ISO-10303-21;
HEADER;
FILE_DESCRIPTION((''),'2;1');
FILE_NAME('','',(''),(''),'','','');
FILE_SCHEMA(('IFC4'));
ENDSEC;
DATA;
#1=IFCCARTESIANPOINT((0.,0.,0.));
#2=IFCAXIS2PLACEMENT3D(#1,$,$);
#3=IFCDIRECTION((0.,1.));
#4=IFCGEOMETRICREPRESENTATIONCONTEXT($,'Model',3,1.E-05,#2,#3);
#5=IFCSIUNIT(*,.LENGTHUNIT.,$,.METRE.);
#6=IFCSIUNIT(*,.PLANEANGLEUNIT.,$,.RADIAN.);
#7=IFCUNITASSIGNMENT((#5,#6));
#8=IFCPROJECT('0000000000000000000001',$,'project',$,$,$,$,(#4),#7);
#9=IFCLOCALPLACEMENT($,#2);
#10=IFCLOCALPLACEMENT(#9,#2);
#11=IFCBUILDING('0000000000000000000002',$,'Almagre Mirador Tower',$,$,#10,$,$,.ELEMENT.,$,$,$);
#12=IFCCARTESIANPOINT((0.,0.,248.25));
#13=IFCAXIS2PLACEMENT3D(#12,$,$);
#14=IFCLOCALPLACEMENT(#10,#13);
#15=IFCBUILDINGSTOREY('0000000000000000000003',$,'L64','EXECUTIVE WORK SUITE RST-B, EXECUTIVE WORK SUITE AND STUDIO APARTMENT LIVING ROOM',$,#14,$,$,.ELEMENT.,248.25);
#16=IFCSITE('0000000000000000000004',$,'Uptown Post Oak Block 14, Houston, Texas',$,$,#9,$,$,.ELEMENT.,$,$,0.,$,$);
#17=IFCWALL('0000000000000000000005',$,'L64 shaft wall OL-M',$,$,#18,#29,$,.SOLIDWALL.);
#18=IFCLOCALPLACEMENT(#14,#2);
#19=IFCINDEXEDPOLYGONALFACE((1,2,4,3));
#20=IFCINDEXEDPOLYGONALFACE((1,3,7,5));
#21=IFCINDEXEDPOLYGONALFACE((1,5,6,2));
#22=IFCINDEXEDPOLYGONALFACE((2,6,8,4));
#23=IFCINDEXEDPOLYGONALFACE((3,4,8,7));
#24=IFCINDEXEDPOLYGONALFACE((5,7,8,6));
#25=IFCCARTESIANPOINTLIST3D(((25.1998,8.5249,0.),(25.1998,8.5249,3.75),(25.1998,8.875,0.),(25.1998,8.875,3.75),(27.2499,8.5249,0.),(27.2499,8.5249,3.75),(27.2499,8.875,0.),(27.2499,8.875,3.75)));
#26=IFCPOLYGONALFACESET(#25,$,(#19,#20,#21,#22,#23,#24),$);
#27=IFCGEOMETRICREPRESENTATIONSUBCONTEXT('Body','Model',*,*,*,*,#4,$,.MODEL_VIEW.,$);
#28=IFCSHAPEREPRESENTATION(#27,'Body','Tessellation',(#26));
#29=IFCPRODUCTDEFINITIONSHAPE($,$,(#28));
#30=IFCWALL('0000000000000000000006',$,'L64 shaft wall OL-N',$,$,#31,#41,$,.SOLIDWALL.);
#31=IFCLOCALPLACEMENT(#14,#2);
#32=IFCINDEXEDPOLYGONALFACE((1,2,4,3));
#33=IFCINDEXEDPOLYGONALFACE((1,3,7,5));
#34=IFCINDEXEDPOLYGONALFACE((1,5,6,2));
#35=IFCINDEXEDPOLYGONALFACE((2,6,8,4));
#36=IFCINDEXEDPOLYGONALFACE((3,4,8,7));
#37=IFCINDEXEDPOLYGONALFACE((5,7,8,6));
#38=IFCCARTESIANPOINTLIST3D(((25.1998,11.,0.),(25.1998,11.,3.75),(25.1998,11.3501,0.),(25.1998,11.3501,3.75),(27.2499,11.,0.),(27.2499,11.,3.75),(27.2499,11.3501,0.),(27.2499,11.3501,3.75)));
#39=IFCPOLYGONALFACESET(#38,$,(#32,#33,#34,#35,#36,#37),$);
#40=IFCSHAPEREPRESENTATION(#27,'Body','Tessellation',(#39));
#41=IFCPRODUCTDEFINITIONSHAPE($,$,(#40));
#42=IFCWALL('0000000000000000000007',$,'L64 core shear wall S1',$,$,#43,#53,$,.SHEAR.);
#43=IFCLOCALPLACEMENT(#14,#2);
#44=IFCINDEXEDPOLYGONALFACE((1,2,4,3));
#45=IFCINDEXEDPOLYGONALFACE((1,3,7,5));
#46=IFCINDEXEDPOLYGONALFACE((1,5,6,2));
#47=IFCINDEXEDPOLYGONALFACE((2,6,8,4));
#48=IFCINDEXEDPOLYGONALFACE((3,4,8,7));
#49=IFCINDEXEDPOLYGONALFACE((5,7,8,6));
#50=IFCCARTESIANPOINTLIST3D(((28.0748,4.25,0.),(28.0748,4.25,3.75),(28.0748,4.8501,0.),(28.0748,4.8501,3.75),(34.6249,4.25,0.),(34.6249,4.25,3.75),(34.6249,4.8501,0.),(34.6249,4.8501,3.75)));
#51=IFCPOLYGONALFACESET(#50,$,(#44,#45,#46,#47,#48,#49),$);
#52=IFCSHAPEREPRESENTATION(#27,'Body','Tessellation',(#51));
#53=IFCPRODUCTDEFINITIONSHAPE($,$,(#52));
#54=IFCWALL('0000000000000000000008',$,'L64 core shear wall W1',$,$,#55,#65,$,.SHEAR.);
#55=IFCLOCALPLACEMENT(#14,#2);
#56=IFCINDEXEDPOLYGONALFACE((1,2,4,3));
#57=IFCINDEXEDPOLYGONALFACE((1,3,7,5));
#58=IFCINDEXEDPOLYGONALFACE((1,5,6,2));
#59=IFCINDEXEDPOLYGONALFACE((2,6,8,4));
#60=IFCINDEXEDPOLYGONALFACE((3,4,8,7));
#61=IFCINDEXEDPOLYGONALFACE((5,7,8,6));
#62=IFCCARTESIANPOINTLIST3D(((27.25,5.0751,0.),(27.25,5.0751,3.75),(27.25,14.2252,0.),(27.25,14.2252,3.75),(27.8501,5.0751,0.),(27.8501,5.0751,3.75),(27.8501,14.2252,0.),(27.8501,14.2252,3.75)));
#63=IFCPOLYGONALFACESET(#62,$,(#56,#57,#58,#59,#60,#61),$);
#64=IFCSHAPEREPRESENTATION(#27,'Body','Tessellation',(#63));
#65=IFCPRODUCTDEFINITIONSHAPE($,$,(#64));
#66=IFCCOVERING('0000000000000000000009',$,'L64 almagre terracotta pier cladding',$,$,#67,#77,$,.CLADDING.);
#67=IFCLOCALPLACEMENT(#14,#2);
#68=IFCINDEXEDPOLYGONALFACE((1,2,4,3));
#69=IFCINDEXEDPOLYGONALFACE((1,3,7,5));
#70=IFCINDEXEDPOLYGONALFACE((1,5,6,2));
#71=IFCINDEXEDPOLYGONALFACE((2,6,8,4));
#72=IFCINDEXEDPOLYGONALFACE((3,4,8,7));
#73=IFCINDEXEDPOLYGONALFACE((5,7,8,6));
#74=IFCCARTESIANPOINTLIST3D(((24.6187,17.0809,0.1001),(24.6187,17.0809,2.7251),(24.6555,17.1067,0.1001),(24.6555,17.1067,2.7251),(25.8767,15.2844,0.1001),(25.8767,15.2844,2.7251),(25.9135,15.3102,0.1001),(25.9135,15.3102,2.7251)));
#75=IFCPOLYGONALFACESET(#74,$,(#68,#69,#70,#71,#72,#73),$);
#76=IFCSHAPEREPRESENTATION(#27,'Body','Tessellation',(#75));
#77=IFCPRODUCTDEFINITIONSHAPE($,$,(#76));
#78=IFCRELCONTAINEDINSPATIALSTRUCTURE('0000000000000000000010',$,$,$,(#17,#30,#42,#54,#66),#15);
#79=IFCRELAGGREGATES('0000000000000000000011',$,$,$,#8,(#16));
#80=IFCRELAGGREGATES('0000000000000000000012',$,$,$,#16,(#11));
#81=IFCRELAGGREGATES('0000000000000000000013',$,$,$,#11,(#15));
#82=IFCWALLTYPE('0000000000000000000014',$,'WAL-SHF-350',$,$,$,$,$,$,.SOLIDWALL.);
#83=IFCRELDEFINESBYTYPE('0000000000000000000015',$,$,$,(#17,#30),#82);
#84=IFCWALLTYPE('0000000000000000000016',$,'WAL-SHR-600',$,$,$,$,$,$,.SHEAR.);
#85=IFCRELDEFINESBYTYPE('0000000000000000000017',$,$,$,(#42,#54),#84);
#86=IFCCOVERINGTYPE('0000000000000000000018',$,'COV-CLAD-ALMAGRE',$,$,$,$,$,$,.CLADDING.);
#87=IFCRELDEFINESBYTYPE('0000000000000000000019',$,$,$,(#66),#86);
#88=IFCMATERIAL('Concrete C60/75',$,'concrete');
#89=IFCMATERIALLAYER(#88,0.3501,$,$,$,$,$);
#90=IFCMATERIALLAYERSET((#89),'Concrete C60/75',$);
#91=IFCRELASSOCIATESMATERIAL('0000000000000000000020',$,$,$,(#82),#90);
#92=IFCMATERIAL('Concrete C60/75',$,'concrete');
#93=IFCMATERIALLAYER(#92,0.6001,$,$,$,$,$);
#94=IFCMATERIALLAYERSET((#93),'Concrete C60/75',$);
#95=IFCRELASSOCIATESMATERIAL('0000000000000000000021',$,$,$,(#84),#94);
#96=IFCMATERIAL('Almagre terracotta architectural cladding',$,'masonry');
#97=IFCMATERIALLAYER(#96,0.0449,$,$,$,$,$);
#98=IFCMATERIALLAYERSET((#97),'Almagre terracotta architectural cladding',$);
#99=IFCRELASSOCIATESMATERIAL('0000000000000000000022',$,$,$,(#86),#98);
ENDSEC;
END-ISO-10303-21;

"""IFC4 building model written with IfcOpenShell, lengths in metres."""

from ifc_helpers import new_model, si_unit, direction, frame, frame_2d, origin, origin_2d, place, context, subcontext, project, spatial, rectangle, extrude, material, layer, layer_set, type_object, element, save


model = new_model("IFC4")

# Units and contexts
model_context = context("Model", 3, precision=1e-05, world=origin(), true_north=direction((0.0, 1.0)))
body_context = subcontext(model_context, "Body", "Model", "MODEL_VIEW")
ifc_project = project(units=[si_unit("LENGTHUNIT", "METRE"), si_unit("PLANEANGLEUNIT", "RADIAN")], contexts=[model_context])

# Site, building, storey
site_placement = place(None, origin())
site = spatial("IfcSite", under=ifc_project, at=site_placement, Name="Uptown Post Oak Block 14, Houston, Texas", CompositionType="ELEMENT", RefElevation=0.0)
building_placement = place(site_placement, origin())
building = spatial("IfcBuilding", under=site, at=building_placement, Name="Almagre Mirador Tower", CompositionType="ELEMENT")
storey_placement = place(building_placement, frame((0.0, 0.0, 248.25)))
storey = spatial("IfcBuildingStorey", under=building, at=storey_placement, Name="L64", Description="EXECUTIVE WORK SUITE RST-B, EXECUTIVE WORK SUITE AND STUDIO APARTMENT LIVING ROOM", CompositionType="ELEMENT", Elevation=248.25)

# Walls
ifc_material_1 = material(Name="Concrete C60/75", Category="concrete")
ifc_layer_1 = layer(ifc_material_1, 0.3501)
ifc_layer_set_1 = layer_set([ifc_layer_1], Name="Concrete C60/75")
wall_type_1 = type_object("IfcWallType", Name="WAL-SHF-350", PredefinedType="SOLIDWALL", material=ifc_layer_set_1)
for number, where, z_axis, x_axis, name in (
    (1, (25.2, 8.7, 0.0), (0.0, 0.0, 1.0), (1.0, 0.0, 0.0), "L64 shaft wall OL-M"),
    (2, (25.2, 11.175, 0.0), (0.0, 0.0, 1.0), (1.0, 0.0, 0.0), "L64 shaft wall OL-N"),
):
    element("IfcWall", number, at=place(storey_placement, frame(where, z_axis=z_axis, x_axis=x_axis)), inside=storey, type_object=wall_type_1, Name=name, PredefinedType="SOLIDWALL", context=body_context, shape_type="SweptSolid", body=[
        extrude(rectangle(XDim=2.05, YDim=0.3501, at=frame_2d((1.0249, 0.0))), origin(), (0.0, 0.0, 1.0), 3.75),
    ])
ifc_material_2 = material(Name="Concrete C60/75", Category="concrete")
ifc_layer_2 = layer(ifc_material_2, 0.6001)
ifc_layer_set_2 = layer_set([ifc_layer_2], Name="Concrete C60/75")
wall_type_2 = type_object("IfcWallType", Name="WAL-SHR-600", PredefinedType="SHEAR", material=ifc_layer_set_2)
wall_1_placement = place(storey_placement, frame((28.075, 4.55, 0.0), z_axis=(0.0, 0.0, 1.0), x_axis=(1.0, 0.0, 0.0)))
element("IfcWall", 3, at=wall_1_placement, inside=storey, type_object=wall_type_2, Name="L64 core shear wall S1", PredefinedType="SHEAR", context=body_context, shape_type="SweptSolid", body=[
    extrude(rectangle(XDim=6.55, YDim=0.6001, at=frame_2d((3.2749, 0.0))), origin(), (0.0, 0.0, 1.0), 3.75),
])

# Wall
wall_2_placement = place(storey_placement, frame((27.55, 5.075, 0.0), z_axis=(0.0, 0.0, 1.0), x_axis=(0.0, 1.0, 0.0)))
element("IfcWall", 4, at=wall_2_placement, inside=storey, type_object=wall_type_2, Name="L64 core shear wall W1", PredefinedType="SHEAR", context=body_context, shape_type="SweptSolid", body=[
    extrude(rectangle(XDim=9.1501, YDim=0.6001, at=frame_2d((4.5752, 0.0))), origin(), (0.0, 0.0, 1.0), 3.75),
])

# Covering
ifc_material_3 = material(Name="Almagre terracotta architectural cladding", Category="masonry")
ifc_layer_3 = layer(ifc_material_3, 0.0449)
ifc_layer_set_3 = layer_set([ifc_layer_3], Name="Almagre terracotta architectural cladding")
covering_type = type_object("IfcCoveringType", Name="COV-CLAD-ALMAGRE", PredefinedType="CLADDING", material=ifc_layer_set_3)
covering_placement = place(storey_placement, frame((25.2661, 16.1956, 0.1001), z_axis=(0.0, 0.0, 1.0), x_axis=(-0.573591, 0.819142, 0.0)))
element("IfcCovering", 5, at=covering_placement, inside=storey, type_object=covering_type, Name="L64 almagre terracotta pier cladding", PredefinedType="CLADDING", context=body_context, shape_type="SweptSolid", body=[
    extrude(rectangle(XDim=2.1931, YDim=0.0449, at=origin_2d()), origin(), (0.0, 0.0, 1.0), 2.625),
])

save(model, "model.ifc")
